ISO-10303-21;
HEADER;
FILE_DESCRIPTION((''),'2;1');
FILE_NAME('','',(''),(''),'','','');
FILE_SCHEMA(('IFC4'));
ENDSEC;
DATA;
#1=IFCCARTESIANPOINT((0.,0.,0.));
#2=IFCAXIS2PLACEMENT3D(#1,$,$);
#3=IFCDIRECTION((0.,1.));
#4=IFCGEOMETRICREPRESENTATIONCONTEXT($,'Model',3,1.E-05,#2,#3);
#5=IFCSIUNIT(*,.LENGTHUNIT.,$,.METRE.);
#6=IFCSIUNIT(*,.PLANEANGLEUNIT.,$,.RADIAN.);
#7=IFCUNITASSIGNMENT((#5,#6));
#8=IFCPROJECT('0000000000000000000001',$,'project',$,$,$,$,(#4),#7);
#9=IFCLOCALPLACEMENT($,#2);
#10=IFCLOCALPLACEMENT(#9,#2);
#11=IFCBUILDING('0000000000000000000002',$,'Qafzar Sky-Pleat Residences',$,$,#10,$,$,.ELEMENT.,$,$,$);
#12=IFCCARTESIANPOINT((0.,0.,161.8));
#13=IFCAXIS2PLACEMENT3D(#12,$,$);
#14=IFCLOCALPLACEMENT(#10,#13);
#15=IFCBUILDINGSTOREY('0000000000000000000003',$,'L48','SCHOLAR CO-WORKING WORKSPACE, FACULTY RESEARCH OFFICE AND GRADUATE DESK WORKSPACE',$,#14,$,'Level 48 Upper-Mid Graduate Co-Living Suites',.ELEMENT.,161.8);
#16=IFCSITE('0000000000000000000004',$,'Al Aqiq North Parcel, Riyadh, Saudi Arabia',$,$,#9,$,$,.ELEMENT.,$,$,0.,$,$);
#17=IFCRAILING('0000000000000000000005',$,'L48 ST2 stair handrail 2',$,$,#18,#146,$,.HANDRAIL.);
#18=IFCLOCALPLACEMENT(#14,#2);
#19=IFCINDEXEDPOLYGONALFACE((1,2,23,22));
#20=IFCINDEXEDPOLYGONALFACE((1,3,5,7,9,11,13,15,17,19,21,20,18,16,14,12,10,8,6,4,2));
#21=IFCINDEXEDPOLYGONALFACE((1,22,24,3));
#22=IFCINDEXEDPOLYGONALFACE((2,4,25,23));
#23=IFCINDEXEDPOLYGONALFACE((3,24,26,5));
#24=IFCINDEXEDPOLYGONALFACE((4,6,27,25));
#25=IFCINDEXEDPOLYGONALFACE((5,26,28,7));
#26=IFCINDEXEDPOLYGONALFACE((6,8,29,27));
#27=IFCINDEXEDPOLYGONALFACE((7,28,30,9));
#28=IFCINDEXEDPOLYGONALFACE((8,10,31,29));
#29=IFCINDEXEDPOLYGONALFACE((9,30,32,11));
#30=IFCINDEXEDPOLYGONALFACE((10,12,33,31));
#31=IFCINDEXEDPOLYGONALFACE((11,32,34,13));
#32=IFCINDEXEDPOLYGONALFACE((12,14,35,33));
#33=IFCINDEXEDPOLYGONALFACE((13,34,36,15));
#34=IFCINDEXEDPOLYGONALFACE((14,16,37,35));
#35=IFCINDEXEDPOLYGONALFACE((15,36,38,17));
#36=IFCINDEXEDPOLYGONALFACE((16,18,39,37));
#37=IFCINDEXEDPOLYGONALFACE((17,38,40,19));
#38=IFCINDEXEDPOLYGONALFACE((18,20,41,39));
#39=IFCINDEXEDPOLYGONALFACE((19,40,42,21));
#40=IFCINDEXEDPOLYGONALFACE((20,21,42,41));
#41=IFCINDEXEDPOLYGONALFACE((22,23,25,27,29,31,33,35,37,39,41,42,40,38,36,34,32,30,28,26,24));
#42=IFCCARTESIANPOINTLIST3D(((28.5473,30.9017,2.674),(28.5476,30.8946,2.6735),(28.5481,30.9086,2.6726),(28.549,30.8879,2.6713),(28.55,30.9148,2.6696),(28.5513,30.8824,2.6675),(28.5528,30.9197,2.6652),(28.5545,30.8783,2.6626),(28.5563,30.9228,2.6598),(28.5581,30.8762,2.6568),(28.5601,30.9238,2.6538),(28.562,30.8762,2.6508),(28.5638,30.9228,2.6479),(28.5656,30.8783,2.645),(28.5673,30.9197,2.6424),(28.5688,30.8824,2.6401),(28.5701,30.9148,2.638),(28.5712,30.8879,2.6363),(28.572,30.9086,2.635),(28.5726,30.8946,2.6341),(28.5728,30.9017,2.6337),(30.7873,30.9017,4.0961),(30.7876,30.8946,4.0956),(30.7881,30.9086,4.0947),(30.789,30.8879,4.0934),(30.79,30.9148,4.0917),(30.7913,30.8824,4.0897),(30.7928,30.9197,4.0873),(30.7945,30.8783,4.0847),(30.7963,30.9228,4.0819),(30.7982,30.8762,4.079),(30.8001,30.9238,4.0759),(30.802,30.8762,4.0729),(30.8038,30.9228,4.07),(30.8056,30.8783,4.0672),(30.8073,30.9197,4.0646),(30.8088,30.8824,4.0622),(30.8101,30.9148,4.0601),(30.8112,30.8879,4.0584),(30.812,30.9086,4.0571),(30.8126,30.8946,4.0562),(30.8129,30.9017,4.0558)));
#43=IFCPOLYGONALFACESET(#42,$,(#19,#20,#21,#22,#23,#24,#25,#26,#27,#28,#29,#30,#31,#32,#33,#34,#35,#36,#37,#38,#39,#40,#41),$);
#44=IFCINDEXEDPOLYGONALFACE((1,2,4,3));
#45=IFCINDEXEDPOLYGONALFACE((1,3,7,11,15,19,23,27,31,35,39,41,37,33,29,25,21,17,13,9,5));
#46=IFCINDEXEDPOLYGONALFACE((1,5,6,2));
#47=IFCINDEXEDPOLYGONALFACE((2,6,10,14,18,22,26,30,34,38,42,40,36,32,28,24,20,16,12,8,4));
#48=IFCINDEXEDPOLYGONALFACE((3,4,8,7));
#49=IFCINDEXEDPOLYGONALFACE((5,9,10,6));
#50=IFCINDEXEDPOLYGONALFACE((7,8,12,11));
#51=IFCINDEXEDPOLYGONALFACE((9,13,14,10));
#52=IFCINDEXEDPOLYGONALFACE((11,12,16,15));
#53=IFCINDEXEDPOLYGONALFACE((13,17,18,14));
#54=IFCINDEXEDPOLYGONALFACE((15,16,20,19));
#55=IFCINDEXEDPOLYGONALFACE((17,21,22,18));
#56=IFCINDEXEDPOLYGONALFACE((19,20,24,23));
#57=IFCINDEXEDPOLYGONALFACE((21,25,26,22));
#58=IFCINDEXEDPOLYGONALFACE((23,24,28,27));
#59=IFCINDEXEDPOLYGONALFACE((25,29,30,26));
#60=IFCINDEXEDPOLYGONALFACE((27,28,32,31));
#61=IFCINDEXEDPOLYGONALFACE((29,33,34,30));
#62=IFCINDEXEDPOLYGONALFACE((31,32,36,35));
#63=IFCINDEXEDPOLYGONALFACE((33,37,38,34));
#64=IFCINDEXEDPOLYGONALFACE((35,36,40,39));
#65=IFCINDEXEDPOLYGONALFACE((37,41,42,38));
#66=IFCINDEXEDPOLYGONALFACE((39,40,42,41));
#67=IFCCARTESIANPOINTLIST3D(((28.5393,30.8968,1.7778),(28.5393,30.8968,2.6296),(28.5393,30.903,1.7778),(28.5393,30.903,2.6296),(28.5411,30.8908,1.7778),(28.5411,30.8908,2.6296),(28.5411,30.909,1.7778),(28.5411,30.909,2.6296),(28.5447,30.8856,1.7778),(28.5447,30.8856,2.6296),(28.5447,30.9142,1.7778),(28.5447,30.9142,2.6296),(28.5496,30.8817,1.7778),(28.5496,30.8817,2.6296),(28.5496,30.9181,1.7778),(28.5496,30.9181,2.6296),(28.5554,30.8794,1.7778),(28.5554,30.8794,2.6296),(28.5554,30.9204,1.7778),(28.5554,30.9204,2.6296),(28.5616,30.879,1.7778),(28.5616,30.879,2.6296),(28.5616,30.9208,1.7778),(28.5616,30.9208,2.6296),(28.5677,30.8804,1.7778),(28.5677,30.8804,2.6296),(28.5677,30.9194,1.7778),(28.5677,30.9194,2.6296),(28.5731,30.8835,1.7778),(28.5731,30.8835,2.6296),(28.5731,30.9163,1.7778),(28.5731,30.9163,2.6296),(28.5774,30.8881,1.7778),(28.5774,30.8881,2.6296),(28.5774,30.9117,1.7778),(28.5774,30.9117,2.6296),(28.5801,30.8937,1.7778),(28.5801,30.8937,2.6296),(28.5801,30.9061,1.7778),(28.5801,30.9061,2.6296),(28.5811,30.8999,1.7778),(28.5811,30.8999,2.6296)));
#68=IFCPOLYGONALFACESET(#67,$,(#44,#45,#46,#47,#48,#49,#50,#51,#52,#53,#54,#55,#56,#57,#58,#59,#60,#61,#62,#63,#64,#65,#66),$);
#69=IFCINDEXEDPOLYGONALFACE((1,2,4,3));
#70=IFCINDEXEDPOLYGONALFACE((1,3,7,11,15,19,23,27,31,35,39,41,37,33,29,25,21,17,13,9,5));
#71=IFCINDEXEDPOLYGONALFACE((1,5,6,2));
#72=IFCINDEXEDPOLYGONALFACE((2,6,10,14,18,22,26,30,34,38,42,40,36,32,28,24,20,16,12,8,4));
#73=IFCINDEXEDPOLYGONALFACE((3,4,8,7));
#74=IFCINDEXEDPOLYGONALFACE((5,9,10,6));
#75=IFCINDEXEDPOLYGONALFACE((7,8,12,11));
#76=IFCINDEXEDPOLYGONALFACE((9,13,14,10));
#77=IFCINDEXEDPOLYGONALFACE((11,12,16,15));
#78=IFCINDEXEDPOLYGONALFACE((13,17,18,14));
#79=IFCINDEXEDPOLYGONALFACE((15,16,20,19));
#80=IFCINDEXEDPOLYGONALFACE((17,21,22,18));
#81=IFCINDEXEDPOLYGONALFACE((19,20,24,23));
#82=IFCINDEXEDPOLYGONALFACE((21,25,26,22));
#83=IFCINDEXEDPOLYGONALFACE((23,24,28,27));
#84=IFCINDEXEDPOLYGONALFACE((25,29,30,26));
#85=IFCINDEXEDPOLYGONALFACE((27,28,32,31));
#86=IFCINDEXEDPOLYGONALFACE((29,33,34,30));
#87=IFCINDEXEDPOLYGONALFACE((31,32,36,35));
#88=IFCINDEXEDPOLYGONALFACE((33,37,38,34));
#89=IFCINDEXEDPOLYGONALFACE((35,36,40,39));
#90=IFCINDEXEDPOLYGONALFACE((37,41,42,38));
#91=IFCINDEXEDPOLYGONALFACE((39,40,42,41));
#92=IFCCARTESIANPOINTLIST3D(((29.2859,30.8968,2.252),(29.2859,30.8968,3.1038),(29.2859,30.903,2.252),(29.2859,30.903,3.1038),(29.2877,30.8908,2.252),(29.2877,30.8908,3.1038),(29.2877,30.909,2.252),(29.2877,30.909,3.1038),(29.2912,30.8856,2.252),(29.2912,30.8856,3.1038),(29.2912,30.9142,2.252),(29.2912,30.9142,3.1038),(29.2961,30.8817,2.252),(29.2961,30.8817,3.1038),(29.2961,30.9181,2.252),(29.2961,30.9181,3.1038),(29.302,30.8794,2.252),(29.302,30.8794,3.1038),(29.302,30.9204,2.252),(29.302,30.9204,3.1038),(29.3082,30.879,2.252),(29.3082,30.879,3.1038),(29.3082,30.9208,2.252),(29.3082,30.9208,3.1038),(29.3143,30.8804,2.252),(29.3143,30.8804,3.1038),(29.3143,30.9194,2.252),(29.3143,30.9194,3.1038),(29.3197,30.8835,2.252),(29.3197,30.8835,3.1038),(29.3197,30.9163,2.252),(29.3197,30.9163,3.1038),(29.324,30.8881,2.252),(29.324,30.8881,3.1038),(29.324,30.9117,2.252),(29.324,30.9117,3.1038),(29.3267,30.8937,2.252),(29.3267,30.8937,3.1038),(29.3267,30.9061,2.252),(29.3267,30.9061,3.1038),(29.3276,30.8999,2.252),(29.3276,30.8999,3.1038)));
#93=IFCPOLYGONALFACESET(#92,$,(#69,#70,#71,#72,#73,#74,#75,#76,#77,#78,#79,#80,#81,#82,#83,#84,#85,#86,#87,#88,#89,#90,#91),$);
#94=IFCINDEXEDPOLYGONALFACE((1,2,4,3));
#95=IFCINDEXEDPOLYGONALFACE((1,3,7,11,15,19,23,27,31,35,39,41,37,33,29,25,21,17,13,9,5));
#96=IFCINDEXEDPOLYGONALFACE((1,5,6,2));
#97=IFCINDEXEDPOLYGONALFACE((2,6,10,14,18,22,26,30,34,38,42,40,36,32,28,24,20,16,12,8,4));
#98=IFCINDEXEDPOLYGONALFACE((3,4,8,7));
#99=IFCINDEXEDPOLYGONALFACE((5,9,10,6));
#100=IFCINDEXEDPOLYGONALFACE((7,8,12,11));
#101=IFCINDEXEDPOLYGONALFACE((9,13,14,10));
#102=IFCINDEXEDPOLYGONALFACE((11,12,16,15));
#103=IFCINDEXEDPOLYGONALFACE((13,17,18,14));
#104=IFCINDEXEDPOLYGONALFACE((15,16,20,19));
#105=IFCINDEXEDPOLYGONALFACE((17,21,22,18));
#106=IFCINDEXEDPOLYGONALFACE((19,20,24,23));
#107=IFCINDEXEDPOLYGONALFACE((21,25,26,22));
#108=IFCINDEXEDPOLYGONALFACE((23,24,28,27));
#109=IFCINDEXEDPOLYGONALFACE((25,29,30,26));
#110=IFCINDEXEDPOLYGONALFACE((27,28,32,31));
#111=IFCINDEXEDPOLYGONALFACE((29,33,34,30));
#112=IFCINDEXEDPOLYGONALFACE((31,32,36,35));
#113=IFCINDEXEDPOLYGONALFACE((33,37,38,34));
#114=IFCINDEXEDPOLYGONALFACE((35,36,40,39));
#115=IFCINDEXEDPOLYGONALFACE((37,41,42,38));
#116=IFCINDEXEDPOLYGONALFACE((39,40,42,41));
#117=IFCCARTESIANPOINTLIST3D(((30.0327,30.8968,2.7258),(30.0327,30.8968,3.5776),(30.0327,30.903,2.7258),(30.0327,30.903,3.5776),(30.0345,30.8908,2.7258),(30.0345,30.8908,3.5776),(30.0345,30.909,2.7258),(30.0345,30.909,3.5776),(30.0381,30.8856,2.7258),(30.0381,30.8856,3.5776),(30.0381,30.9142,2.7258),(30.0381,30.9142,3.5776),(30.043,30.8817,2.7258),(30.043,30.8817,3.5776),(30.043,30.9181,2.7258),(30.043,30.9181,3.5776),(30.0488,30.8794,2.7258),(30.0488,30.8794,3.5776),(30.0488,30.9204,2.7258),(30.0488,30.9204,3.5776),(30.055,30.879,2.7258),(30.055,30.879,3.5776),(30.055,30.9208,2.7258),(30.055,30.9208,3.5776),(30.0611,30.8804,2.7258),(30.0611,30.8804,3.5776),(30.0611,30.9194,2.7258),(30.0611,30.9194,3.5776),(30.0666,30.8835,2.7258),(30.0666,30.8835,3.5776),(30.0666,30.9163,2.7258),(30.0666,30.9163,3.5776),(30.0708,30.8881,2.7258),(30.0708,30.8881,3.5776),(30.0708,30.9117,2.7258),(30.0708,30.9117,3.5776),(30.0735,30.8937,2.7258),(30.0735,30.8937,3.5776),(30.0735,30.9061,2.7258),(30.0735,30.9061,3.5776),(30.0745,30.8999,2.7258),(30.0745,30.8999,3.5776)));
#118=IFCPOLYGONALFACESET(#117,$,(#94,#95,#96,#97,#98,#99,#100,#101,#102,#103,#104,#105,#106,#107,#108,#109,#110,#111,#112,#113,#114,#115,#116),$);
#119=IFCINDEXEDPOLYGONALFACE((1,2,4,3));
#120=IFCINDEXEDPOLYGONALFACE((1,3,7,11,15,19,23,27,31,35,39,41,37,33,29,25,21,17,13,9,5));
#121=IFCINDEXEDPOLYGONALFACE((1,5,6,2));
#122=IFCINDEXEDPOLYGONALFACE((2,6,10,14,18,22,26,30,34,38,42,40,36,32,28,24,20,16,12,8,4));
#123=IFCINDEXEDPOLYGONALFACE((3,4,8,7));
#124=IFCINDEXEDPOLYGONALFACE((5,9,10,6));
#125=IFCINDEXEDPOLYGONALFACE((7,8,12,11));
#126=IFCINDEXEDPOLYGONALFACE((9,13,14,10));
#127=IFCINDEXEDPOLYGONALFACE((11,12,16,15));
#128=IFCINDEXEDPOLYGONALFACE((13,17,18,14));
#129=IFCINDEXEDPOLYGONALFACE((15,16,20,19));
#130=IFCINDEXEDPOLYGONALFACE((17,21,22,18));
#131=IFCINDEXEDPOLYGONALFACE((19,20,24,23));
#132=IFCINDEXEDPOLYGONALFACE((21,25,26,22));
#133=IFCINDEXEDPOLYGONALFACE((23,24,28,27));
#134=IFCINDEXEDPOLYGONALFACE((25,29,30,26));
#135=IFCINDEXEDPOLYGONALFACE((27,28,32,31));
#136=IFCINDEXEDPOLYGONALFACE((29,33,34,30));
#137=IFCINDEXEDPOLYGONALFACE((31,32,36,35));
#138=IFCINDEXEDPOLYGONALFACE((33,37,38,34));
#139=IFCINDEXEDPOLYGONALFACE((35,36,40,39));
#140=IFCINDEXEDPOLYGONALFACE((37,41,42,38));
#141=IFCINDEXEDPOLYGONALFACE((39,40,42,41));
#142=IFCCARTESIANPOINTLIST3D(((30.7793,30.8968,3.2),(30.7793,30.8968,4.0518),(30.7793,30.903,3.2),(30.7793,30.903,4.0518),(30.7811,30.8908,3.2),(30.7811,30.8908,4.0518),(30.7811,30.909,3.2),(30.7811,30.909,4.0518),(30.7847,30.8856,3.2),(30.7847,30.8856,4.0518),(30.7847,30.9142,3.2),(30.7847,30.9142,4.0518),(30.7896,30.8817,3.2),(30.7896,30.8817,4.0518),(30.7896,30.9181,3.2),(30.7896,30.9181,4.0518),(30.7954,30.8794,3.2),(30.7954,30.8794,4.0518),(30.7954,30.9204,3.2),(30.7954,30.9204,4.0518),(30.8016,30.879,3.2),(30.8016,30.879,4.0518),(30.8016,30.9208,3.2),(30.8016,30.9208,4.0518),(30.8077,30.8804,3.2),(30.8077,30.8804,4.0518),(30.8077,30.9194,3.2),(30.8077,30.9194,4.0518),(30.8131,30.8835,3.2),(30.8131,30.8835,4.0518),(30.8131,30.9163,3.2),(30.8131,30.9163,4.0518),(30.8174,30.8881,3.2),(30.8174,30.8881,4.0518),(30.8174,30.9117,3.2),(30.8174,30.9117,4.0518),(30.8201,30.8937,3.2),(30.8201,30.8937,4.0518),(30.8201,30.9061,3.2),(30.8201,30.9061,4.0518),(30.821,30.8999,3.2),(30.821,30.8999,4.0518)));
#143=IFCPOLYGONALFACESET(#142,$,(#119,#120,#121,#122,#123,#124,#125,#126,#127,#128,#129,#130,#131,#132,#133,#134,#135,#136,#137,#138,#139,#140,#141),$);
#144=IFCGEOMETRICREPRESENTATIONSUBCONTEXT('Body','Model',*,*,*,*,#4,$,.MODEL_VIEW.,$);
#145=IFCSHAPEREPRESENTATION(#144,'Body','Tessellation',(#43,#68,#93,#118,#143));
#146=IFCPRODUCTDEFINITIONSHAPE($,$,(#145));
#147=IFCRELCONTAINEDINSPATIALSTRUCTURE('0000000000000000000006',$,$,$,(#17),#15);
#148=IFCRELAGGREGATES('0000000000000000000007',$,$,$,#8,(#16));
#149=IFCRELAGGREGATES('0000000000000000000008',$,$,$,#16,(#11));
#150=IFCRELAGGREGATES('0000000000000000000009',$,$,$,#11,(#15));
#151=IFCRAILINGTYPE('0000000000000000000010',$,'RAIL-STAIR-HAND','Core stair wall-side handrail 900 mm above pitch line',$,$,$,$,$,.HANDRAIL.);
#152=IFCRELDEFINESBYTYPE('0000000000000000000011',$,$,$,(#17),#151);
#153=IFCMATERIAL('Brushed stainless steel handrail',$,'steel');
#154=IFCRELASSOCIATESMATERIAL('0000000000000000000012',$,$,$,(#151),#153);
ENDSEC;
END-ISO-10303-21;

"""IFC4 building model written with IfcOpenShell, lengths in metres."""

from ifc_helpers import new_model, si_unit, direction, frame, origin, origin_2d, place, context, subcontext, project, spatial, circle, extrude, source, transform, mapped, material, type_object, element, save


model = new_model("IFC4")

# Units and contexts
model_context = context("Model", 3, precision=1e-05, world=origin(), true_north=direction((0.0, 1.0)))
body_context = subcontext(model_context, "Body", "Model", "MODEL_VIEW")
ifc_project = project(units=[si_unit("LENGTHUNIT", "METRE"), si_unit("PLANEANGLEUNIT", "RADIAN")], contexts=[model_context])

# Site, building, storey
site_placement = place(None, origin())
site = spatial("IfcSite", under=ifc_project, at=site_placement, Name="Al Aqiq North Parcel, Riyadh, Saudi Arabia", CompositionType="ELEMENT", RefElevation=0.0)
building_placement = place(site_placement, origin())
building = spatial("IfcBuilding", under=site, at=building_placement, Name="Qafzar Sky-Pleat Residences", CompositionType="ELEMENT")
storey_placement = place(building_placement, frame((0.0, 0.0, 161.8)))
storey = spatial("IfcBuildingStorey", under=building, at=storey_placement, Name="L48", Description="SCHOLAR CO-WORKING WORKSPACE, FACULTY RESEARCH OFFICE AND GRADUATE DESK WORKSPACE", LongName="Level 48 Upper-Mid Graduate Co-Living Suites", CompositionType="ELEMENT", Elevation=161.8)

# Railing
ifc_material_1 = material(Name="Brushed stainless steel handrail", Category="steel")
railing_type_1 = type_object("IfcRailingType", Name="RAIL-STAIR-HAND", Description="Core stair wall-side handrail 900 mm above pitch line", PredefinedType="HANDRAIL", material=ifc_material_1)
shared_shape_1 = source(origin(), body_context, "Body", "SweptSolid", [
    extrude(circle(Radius=0.0239, at=origin_2d()), frame((0.0, 0.0, 0.876), z_axis=(0.844229, 0.0, 0.535982), x_axis=(0.0, 1.0, 0.0)), (0.0, 0.0, 1.0), 2.6533),
    extrude(circle(Radius=0.021, at=origin_2d()), origin(), (0.0, 0.0, 1.0), 0.8518),
    extrude(circle(Radius=0.021, at=origin_2d()), frame((0.7466, 0.0, 0.4741)), (0.0, 0.0, 1.0), 0.8518),
    extrude(circle(Radius=0.021, at=origin_2d()), frame((1.4934, 0.0, 0.948)), (0.0, 0.0, 1.0), 0.8518),
    extrude(circle(Radius=0.021, at=origin_2d()), frame((2.24, 0.0, 1.4221)), (0.0, 0.0, 1.0), 0.8518),
])
railing_1_placement = place(storey_placement, frame((28.5601, 30.8999, 1.7778)))
element("IfcRailing", 1, at=railing_1_placement, inside=storey, type_object=railing_type_1, Name="L48 ST2 stair handrail 2", PredefinedType="HANDRAIL", context=body_context, shape_type="MappedRepresentation", body=[
    mapped(shared_shape_1, transform((0.0, 0.0, 0.0), x_axis=(1.0, 0.0, 0.0), y_axis=(0.0, 1.0, 0.0), z_axis=(0.0, 0.0, 1.0), scale=1.0)),
])

save(model, "model.ifc")
